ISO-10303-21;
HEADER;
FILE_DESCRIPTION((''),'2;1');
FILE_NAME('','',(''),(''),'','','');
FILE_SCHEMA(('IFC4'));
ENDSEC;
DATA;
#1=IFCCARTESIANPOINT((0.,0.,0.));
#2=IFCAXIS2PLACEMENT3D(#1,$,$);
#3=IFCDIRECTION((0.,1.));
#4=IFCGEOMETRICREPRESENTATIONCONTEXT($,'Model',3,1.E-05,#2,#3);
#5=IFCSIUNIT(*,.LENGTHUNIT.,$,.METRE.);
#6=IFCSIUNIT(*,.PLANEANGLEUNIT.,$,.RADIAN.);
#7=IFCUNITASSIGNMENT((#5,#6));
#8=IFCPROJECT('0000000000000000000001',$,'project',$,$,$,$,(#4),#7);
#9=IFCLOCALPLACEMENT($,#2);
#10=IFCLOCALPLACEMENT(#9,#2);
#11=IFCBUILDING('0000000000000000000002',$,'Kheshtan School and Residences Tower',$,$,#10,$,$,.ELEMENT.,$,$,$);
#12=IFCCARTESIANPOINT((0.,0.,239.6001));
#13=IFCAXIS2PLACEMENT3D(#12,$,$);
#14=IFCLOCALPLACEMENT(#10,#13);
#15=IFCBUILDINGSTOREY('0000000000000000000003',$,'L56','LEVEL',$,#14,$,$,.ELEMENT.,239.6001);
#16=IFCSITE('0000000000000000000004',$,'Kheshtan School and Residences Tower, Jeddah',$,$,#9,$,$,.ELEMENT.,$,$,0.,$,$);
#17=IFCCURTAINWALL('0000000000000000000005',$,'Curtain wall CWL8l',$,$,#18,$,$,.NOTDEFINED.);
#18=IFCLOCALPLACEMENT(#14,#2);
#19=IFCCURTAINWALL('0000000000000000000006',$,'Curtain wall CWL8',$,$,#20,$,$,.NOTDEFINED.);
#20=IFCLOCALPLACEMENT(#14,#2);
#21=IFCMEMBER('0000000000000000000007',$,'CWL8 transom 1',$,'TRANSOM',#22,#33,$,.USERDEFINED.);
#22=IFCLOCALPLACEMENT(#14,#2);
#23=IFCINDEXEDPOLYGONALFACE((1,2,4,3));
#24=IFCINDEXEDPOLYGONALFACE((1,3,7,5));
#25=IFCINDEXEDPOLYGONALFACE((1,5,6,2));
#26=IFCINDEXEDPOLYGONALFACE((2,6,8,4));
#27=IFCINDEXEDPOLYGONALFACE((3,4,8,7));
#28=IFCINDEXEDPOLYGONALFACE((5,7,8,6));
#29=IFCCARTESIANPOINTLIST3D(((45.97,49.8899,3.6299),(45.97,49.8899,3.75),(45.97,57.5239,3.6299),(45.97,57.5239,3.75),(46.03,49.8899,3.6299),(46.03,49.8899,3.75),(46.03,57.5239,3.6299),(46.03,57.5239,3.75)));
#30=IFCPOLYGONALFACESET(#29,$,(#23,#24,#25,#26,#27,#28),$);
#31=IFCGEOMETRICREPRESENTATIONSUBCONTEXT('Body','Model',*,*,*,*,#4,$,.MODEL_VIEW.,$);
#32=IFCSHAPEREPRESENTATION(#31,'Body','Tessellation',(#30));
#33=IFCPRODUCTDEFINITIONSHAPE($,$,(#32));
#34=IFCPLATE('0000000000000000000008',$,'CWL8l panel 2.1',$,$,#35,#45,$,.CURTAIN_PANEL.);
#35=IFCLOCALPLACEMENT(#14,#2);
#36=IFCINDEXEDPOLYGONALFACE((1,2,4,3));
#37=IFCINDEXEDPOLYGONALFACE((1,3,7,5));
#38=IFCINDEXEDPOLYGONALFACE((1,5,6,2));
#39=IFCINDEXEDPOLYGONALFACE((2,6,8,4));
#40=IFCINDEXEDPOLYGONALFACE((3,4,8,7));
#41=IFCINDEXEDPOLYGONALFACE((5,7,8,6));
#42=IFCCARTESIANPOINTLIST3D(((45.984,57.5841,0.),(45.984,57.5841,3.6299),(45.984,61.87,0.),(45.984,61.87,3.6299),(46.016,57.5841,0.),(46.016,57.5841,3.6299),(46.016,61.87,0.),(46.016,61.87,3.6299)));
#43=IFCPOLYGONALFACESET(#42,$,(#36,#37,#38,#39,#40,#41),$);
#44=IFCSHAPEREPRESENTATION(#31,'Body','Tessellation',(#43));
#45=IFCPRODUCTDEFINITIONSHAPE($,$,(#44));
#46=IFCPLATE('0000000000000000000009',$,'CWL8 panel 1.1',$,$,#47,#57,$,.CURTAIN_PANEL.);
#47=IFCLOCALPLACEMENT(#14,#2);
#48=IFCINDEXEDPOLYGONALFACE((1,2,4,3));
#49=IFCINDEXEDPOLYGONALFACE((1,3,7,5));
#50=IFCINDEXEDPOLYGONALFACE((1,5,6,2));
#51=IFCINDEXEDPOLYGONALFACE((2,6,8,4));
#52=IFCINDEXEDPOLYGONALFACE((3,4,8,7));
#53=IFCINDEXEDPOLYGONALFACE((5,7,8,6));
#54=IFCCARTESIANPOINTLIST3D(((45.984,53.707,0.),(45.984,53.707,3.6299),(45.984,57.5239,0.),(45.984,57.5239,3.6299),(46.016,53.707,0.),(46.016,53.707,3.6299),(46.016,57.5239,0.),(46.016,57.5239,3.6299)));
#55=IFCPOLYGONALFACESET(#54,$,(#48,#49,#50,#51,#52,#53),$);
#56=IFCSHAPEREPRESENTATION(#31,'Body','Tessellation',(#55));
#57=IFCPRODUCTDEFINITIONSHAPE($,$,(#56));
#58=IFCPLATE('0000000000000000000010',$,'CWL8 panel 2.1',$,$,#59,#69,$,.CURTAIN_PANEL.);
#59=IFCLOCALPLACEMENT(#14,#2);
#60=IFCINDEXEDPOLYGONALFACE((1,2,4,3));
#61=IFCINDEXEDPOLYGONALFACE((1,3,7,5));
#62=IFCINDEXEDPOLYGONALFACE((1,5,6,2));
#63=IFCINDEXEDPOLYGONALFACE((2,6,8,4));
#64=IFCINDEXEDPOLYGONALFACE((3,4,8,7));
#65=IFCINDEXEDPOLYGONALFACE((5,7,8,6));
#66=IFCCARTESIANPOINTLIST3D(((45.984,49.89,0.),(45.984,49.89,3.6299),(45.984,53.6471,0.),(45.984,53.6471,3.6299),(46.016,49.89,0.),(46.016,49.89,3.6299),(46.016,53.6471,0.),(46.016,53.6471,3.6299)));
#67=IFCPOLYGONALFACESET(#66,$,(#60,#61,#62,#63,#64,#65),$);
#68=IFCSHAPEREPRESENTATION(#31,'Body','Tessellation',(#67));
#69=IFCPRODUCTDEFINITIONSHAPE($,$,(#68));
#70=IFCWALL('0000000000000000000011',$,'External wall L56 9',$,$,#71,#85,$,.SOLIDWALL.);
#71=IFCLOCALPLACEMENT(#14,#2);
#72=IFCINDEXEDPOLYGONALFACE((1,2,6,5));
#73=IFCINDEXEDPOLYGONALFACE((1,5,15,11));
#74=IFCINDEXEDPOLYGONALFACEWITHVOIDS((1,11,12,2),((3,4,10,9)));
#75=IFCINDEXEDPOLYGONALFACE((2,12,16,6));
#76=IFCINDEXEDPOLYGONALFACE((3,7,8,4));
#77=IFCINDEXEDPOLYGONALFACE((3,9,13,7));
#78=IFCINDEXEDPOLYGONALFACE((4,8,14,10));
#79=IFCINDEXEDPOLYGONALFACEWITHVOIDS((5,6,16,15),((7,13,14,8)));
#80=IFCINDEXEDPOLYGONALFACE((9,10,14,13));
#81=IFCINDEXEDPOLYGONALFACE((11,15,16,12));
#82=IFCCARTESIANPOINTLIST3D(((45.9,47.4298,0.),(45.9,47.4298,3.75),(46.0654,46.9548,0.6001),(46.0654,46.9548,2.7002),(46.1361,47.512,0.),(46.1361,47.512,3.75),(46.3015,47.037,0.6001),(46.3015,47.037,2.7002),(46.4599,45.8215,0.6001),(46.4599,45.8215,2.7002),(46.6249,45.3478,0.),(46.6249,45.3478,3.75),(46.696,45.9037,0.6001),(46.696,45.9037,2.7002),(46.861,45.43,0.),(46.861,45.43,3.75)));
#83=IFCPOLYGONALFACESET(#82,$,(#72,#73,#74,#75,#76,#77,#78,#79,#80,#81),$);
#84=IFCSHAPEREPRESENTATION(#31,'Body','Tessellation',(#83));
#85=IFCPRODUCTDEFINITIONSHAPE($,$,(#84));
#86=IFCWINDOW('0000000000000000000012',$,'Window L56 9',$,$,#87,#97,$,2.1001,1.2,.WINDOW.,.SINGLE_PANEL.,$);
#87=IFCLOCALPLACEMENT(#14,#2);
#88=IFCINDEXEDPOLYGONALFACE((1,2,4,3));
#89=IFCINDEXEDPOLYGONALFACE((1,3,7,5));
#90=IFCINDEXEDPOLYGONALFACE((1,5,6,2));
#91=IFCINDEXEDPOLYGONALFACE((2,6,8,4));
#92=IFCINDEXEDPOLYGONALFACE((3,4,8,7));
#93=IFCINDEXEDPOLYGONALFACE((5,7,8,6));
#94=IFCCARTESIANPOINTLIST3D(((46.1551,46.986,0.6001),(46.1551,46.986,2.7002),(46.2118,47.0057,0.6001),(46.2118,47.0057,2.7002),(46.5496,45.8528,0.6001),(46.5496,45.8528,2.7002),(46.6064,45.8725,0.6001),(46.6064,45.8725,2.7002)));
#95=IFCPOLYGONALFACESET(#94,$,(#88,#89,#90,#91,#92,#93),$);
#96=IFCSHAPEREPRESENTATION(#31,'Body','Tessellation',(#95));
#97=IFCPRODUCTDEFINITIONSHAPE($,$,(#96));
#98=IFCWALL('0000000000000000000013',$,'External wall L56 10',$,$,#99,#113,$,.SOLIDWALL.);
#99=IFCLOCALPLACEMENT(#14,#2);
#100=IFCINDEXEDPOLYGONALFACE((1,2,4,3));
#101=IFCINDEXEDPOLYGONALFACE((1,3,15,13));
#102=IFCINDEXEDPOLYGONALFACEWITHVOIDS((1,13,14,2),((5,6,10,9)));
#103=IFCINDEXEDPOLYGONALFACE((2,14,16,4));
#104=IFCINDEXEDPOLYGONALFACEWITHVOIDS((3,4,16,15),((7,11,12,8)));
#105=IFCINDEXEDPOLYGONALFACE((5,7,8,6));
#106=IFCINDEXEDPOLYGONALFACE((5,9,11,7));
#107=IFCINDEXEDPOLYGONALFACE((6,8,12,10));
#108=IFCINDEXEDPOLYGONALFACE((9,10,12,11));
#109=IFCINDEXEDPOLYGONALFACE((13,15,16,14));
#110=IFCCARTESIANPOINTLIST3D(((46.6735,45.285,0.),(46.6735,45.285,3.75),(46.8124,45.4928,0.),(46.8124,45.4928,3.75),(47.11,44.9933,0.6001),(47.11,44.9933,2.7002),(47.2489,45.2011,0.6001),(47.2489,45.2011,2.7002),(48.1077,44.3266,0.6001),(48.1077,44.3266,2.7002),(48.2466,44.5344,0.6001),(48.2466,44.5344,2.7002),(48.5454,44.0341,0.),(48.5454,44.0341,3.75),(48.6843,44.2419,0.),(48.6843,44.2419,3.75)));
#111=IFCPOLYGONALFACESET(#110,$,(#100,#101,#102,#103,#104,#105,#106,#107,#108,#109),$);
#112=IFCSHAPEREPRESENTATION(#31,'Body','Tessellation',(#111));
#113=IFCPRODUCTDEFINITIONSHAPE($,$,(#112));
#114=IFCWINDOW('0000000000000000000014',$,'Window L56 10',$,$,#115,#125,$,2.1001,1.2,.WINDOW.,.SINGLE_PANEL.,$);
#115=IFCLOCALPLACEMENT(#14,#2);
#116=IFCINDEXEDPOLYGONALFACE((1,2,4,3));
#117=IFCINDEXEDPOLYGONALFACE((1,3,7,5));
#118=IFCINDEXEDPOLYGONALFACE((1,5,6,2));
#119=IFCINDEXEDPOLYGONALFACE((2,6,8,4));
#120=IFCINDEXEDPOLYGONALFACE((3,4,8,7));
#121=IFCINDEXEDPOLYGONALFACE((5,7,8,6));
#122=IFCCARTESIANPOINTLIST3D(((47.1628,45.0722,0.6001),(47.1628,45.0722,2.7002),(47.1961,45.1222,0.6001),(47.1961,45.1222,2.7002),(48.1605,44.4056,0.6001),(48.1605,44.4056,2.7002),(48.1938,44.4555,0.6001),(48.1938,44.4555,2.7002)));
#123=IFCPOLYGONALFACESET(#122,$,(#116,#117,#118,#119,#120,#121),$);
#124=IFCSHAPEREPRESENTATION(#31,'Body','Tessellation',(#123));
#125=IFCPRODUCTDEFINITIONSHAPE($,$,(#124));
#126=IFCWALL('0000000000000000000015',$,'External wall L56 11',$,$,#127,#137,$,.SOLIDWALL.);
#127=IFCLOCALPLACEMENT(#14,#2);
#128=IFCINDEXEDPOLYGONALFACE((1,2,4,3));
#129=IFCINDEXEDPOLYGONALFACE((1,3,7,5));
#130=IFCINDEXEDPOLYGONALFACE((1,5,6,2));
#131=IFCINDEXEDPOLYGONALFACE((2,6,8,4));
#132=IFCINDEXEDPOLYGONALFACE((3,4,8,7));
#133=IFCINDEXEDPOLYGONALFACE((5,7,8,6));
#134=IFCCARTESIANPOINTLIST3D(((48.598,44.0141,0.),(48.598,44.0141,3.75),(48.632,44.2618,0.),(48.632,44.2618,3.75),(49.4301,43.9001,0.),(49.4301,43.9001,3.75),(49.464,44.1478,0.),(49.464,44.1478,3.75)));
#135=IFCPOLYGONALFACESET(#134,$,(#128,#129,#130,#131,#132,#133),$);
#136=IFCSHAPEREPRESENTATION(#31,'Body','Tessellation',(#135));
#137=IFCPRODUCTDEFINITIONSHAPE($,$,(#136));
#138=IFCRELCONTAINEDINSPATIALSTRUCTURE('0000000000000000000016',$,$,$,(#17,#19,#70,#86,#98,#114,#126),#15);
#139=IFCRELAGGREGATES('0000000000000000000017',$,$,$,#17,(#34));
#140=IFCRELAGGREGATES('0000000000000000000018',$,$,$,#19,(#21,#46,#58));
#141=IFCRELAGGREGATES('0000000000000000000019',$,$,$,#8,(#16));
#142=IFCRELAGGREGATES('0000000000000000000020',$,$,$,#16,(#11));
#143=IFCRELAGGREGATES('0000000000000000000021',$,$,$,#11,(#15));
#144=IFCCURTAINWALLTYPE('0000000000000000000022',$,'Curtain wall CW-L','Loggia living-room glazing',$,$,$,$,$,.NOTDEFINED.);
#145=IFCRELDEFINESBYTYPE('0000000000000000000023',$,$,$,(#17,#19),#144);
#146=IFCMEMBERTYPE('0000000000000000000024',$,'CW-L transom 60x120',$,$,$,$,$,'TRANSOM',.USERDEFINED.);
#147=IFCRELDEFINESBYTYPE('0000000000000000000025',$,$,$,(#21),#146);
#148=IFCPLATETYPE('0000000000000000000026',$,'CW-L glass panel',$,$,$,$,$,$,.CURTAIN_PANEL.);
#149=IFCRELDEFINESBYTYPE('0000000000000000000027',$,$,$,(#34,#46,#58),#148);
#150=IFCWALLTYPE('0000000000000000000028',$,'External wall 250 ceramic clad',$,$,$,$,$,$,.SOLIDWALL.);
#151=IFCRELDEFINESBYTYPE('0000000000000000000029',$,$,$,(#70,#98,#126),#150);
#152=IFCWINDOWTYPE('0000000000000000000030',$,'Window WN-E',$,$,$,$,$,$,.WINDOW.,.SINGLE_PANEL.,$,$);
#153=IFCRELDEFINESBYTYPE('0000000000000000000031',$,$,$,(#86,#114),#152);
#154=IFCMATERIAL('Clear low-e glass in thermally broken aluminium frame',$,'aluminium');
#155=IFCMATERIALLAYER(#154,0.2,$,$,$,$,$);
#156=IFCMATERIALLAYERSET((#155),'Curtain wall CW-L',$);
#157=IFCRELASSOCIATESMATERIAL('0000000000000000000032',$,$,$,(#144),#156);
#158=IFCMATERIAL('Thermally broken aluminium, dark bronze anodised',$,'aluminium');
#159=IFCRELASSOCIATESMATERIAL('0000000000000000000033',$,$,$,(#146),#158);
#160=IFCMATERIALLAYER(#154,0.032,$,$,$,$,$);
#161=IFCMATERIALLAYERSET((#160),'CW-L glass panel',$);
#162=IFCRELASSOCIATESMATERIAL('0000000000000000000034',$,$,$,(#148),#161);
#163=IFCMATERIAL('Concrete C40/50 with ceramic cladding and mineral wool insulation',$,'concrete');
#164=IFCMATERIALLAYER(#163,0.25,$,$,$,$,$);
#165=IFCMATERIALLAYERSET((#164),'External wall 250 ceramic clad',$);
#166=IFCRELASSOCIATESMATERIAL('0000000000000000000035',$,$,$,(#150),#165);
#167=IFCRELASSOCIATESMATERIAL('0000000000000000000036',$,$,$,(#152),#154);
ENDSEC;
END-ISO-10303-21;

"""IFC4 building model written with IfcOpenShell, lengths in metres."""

from ifc_helpers import new_model, si_unit, direction, frame, frame_2d, origin, origin_2d, place, context, subcontext, project, spatial, rectangle, extrude, source, transform, mapped, material, layer, layer_set, material_profile, profile_set, type_object, element, fill, aggregate, save


model = new_model("IFC4")

# Units and contexts
model_context = context("Model", 3, precision=1e-05, world=origin(), true_north=direction((0.0, 1.0)))
body_context = subcontext(model_context, "Body", "Model", "MODEL_VIEW")
ifc_project = project(units=[si_unit("LENGTHUNIT", "METRE"), si_unit("PLANEANGLEUNIT", "RADIAN")], contexts=[model_context])

# Site, building, storey
site_placement = place(None, origin())
site = spatial("IfcSite", under=ifc_project, at=site_placement, Name="Kheshtan School and Residences Tower, Jeddah", CompositionType="ELEMENT", RefElevation=0.0)
building_placement = place(site_placement, origin())
building = spatial("IfcBuilding", under=site, at=building_placement, Name="Kheshtan School and Residences Tower", CompositionType="ELEMENT")
storey_placement = place(building_placement, frame((0.0, 0.0, 239.6001)))
storey = spatial("IfcBuildingStorey", under=building, at=storey_placement, Name="L56", Description="LEVEL", CompositionType="ELEMENT", Elevation=239.6001)

# Curtain walls, member
ifc_material_1 = material(Name="Clear low-e glass in thermally broken aluminium frame", Category="aluminium")
ifc_layer_1 = layer(ifc_material_1, 0.2)
ifc_layer_set_1 = layer_set([ifc_layer_1], Name="Curtain wall CW-L")
curtain_wall_type = type_object("IfcCurtainWallType", Name="Curtain wall CW-L", Description="Loggia living-room glazing", PredefinedType="NOTDEFINED", material=ifc_layer_set_1)
curtain_wall_1_placement = place(storey_placement, origin())
curtain_wall_1 = element("IfcCurtainWall", 1, at=curtain_wall_1_placement, inside=storey, type_object=curtain_wall_type, Name="Curtain wall CWL8l", PredefinedType="NOTDEFINED")
ifc_material_2 = material(Name="Thermally broken aluminium, dark bronze anodised", Category="aluminium")
curtain_wall_2_placement = place(storey_placement, origin())
curtain_wall_2 = element("IfcCurtainWall", 2, at=curtain_wall_2_placement, inside=storey, type_object=curtain_wall_type, Name="Curtain wall CWL8", PredefinedType="NOTDEFINED")
ifc_material_profile_1 = material_profile(ifc_material_2, rectangle(XDim=0.0601, YDim=0.1201, at=origin_2d()), Name="CW-L transom 60x120")
ifc_profile_set_1 = profile_set([ifc_material_profile_1], Name="Thermally broken aluminium, dark bronze anodised")
member_type_1 = type_object("IfcMemberType", Name="CW-L transom 60x120", ElementType="TRANSOM", PredefinedType="USERDEFINED", material=ifc_profile_set_1)
member_1_placement = place(storey_placement, frame((46.0, 57.5239, 3.6899), z_axis=(0.0, -1.0, 0.0), x_axis=(1.0, 0.0, 0.0)))
member_1 = element("IfcMember", 3, at=member_1_placement, type_object=member_type_1, Name="CWL8 transom 1", ObjectType="TRANSOM", PredefinedType="USERDEFINED", context=body_context, shape_type="SweptSolid", body=[
    extrude(rectangle(XDim=0.0601, YDim=0.1201, at=origin_2d()), origin(), (0.0, 0.0, 1.0), 7.634),
])

# Plates
ifc_layer_2 = layer(ifc_material_1, 0.032)
ifc_layer_set_2 = layer_set([ifc_layer_2], Name="CW-L glass panel")
plate_type = type_object("IfcPlateType", Name="CW-L glass panel", PredefinedType="CURTAIN_PANEL", material=ifc_layer_set_2)
plate_1_placement = place(storey_placement, frame((46.0, 59.7271, 0.0), z_axis=(0.0, 0.0, 1.0), x_axis=(0.0, -1.0, 0.0)))
plate_1 = element("IfcPlate", 4, at=plate_1_placement, type_object=plate_type, Name="CWL8l panel 2.1", PredefinedType="CURTAIN_PANEL", context=body_context, shape_type="SweptSolid", body=[
    extrude(rectangle(XDim=4.2859, YDim=0.032, at=origin_2d()), origin(), (0.0, 0.0, 1.0), 3.6299),
])
aggregate(curtain_wall_1, [plate_1])
plate_2_placement = place(storey_placement, frame((46.0, 55.6155, 0.0), z_axis=(0.0, 0.0, 1.0), x_axis=(0.0, -1.0, 0.0)))
plate_2 = element("IfcPlate", 5, at=plate_2_placement, type_object=plate_type, Name="CWL8 panel 1.1", PredefinedType="CURTAIN_PANEL", context=body_context, shape_type="SweptSolid", body=[
    extrude(rectangle(XDim=3.8169, YDim=0.032, at=origin_2d()), origin(), (0.0, 0.0, 1.0), 3.6299),
])
plate_3_placement = place(storey_placement, frame((46.0, 51.7686, 0.0), z_axis=(0.0, 0.0, 1.0), x_axis=(0.0, -1.0, 0.0)))
plate_3 = element("IfcPlate", 6, at=plate_3_placement, type_object=plate_type, Name="CWL8 panel 2.1", PredefinedType="CURTAIN_PANEL", context=body_context, shape_type="SweptSolid", body=[
    extrude(rectangle(XDim=3.7571, YDim=0.032, at=origin_2d()), origin(), (0.0, 0.0, 1.0), 3.6299),
])
aggregate(curtain_wall_2, [member_1, plate_2, plate_3])

# Walls, openings, windows
ifc_material_3 = material(Name="Concrete C40/50 with ceramic cladding and mineral wool insulation", Category="concrete")
ifc_layer_3 = layer(ifc_material_3, 0.25)
ifc_layer_set_3 = layer_set([ifc_layer_3], Name="External wall 250 ceramic clad")
wall_type_1 = type_object("IfcWallType", Name="External wall 250 ceramic clad", PredefinedType="SOLIDWALL", material=ifc_layer_set_3)
wall_1_placement = place(storey_placement, frame((46.0181, 47.4709, 0.0), z_axis=(0.0, 0.0, 1.0), x_axis=(0.328791, -0.944403, 0.0)))
wall_1 = element("IfcWall", 7, at=wall_1_placement, inside=storey, type_object=wall_type_1, Name="External wall L56 9", PredefinedType="SOLIDWALL", context=body_context, shape_type="SweptSolid", body=[
    extrude(rectangle(XDim=2.2046, YDim=0.25, at=frame_2d((1.1023, 0.0))), origin(), (0.0, 0.0, 1.0), 3.75),
])
opening_1_placement = place(wall_1_placement, frame((0.5029, 0.0, 0.6001)))
opening_1 = element("IfcOpeningElement", 8, at=opening_1_placement, cuts=wall_1, PredefinedType="OPENING", context=body_context, shape_type="SweptSolid", body=[
    extrude(rectangle(XDim=1.2, YDim=2.1001, at=frame_2d((0.6001, 1.05))), frame((0.0, 0.135, 0.0), z_axis=(0.0, -1.0, 0.0), x_axis=(1.0, 0.0, 0.0)), (0.0, 0.0, 1.0), 0.27),
])
window_type = type_object("IfcWindowType", Name="Window WN-E", PartitioningType="SINGLE_PANEL", PredefinedType="WINDOW", material=ifc_material_1)
shared_shape_1 = source(origin(), body_context, "Body", "SweptSolid", [
    extrude(rectangle(XDim=1.2, YDim=2.1001, at=frame_2d((0.6001, 1.05))), frame((0.0, 0.03, 0.0), z_axis=(0.0, -1.0, 0.0), x_axis=(1.0, 0.0, 0.0)), (0.0, 0.0, 1.0), 0.0601),
])
window_1_placement = place(opening_1_placement, origin())
window_1 = element("IfcWindow", 9, at=window_1_placement, inside=storey, type_object=window_type, Name="Window L56 9", OverallHeight=2.1001, OverallWidth=1.2, PartitioningType="SINGLE_PANEL", PredefinedType="WINDOW", context=body_context, shape_type="MappedRepresentation", body=[
    mapped(shared_shape_1, transform((0.0, 0.0, 0.0), x_axis=(1.0, 0.0, 0.0), y_axis=(0.0, 1.0, 0.0), z_axis=(0.0, 0.0, 1.0), scale=1.0)),
])
fill(opening_1, window_1)
wall_2_placement = place(storey_placement, frame((46.7429, 45.3889, 0.0), z_axis=(0.0, 0.0, 1.0), x_axis=(0.831449, -0.555601, 0.0)))
wall_2 = element("IfcWall", 10, at=wall_2_placement, inside=storey, type_object=wall_type_1, Name="External wall L56 10", PredefinedType="SOLIDWALL", context=body_context, shape_type="SweptSolid", body=[
    extrude(rectangle(XDim=2.2515, YDim=0.25, at=frame_2d((1.1257, 0.0))), origin(), (0.0, 0.0, 1.0), 3.75),
])
opening_2_placement = place(wall_2_placement, frame((0.5249, 0.0, 0.6001)))
opening_2 = element("IfcOpeningElement", 11, at=opening_2_placement, cuts=wall_2, PredefinedType="OPENING", context=body_context, shape_type="SweptSolid", body=[
    extrude(rectangle(XDim=1.2, YDim=2.1001, at=frame_2d((0.6001, 1.05))), frame((0.0, 0.135, 0.0), z_axis=(0.0, -1.0, 0.0), x_axis=(1.0, 0.0, 0.0)), (0.0, 0.0, 1.0), 0.27),
])
window_2_placement = place(opening_2_placement, origin())
window_2 = element("IfcWindow", 12, at=window_2_placement, inside=storey, type_object=window_type, Name="Window L56 10", OverallHeight=2.1001, OverallWidth=1.2, PartitioningType="SINGLE_PANEL", PredefinedType="WINDOW", context=body_context, shape_type="MappedRepresentation", body=[
    mapped(shared_shape_1, transform((0.0, 0.0, 0.0), x_axis=(1.0, 0.0, 0.0), y_axis=(0.0, 1.0, 0.0), z_axis=(0.0, 0.0, 1.0), scale=1.0)),
])
fill(opening_2, window_2)

# Wall
wall_3_placement = place(storey_placement, frame((48.615, 44.1379, 0.0), z_axis=(0.0, 0.0, 1.0), x_axis=(0.990742, -0.135762, 0.0)))
element("IfcWall", 13, at=wall_3_placement, inside=storey, type_object=wall_type_1, Name="External wall L56 11", PredefinedType="SOLIDWALL", context=body_context, shape_type="SweptSolid", body=[
    extrude(rectangle(XDim=0.8398, YDim=0.25, at=frame_2d((0.4199, 0.0))), origin(), (0.0, 0.0, 1.0), 3.75),
])

save(model, "model.ifc")
